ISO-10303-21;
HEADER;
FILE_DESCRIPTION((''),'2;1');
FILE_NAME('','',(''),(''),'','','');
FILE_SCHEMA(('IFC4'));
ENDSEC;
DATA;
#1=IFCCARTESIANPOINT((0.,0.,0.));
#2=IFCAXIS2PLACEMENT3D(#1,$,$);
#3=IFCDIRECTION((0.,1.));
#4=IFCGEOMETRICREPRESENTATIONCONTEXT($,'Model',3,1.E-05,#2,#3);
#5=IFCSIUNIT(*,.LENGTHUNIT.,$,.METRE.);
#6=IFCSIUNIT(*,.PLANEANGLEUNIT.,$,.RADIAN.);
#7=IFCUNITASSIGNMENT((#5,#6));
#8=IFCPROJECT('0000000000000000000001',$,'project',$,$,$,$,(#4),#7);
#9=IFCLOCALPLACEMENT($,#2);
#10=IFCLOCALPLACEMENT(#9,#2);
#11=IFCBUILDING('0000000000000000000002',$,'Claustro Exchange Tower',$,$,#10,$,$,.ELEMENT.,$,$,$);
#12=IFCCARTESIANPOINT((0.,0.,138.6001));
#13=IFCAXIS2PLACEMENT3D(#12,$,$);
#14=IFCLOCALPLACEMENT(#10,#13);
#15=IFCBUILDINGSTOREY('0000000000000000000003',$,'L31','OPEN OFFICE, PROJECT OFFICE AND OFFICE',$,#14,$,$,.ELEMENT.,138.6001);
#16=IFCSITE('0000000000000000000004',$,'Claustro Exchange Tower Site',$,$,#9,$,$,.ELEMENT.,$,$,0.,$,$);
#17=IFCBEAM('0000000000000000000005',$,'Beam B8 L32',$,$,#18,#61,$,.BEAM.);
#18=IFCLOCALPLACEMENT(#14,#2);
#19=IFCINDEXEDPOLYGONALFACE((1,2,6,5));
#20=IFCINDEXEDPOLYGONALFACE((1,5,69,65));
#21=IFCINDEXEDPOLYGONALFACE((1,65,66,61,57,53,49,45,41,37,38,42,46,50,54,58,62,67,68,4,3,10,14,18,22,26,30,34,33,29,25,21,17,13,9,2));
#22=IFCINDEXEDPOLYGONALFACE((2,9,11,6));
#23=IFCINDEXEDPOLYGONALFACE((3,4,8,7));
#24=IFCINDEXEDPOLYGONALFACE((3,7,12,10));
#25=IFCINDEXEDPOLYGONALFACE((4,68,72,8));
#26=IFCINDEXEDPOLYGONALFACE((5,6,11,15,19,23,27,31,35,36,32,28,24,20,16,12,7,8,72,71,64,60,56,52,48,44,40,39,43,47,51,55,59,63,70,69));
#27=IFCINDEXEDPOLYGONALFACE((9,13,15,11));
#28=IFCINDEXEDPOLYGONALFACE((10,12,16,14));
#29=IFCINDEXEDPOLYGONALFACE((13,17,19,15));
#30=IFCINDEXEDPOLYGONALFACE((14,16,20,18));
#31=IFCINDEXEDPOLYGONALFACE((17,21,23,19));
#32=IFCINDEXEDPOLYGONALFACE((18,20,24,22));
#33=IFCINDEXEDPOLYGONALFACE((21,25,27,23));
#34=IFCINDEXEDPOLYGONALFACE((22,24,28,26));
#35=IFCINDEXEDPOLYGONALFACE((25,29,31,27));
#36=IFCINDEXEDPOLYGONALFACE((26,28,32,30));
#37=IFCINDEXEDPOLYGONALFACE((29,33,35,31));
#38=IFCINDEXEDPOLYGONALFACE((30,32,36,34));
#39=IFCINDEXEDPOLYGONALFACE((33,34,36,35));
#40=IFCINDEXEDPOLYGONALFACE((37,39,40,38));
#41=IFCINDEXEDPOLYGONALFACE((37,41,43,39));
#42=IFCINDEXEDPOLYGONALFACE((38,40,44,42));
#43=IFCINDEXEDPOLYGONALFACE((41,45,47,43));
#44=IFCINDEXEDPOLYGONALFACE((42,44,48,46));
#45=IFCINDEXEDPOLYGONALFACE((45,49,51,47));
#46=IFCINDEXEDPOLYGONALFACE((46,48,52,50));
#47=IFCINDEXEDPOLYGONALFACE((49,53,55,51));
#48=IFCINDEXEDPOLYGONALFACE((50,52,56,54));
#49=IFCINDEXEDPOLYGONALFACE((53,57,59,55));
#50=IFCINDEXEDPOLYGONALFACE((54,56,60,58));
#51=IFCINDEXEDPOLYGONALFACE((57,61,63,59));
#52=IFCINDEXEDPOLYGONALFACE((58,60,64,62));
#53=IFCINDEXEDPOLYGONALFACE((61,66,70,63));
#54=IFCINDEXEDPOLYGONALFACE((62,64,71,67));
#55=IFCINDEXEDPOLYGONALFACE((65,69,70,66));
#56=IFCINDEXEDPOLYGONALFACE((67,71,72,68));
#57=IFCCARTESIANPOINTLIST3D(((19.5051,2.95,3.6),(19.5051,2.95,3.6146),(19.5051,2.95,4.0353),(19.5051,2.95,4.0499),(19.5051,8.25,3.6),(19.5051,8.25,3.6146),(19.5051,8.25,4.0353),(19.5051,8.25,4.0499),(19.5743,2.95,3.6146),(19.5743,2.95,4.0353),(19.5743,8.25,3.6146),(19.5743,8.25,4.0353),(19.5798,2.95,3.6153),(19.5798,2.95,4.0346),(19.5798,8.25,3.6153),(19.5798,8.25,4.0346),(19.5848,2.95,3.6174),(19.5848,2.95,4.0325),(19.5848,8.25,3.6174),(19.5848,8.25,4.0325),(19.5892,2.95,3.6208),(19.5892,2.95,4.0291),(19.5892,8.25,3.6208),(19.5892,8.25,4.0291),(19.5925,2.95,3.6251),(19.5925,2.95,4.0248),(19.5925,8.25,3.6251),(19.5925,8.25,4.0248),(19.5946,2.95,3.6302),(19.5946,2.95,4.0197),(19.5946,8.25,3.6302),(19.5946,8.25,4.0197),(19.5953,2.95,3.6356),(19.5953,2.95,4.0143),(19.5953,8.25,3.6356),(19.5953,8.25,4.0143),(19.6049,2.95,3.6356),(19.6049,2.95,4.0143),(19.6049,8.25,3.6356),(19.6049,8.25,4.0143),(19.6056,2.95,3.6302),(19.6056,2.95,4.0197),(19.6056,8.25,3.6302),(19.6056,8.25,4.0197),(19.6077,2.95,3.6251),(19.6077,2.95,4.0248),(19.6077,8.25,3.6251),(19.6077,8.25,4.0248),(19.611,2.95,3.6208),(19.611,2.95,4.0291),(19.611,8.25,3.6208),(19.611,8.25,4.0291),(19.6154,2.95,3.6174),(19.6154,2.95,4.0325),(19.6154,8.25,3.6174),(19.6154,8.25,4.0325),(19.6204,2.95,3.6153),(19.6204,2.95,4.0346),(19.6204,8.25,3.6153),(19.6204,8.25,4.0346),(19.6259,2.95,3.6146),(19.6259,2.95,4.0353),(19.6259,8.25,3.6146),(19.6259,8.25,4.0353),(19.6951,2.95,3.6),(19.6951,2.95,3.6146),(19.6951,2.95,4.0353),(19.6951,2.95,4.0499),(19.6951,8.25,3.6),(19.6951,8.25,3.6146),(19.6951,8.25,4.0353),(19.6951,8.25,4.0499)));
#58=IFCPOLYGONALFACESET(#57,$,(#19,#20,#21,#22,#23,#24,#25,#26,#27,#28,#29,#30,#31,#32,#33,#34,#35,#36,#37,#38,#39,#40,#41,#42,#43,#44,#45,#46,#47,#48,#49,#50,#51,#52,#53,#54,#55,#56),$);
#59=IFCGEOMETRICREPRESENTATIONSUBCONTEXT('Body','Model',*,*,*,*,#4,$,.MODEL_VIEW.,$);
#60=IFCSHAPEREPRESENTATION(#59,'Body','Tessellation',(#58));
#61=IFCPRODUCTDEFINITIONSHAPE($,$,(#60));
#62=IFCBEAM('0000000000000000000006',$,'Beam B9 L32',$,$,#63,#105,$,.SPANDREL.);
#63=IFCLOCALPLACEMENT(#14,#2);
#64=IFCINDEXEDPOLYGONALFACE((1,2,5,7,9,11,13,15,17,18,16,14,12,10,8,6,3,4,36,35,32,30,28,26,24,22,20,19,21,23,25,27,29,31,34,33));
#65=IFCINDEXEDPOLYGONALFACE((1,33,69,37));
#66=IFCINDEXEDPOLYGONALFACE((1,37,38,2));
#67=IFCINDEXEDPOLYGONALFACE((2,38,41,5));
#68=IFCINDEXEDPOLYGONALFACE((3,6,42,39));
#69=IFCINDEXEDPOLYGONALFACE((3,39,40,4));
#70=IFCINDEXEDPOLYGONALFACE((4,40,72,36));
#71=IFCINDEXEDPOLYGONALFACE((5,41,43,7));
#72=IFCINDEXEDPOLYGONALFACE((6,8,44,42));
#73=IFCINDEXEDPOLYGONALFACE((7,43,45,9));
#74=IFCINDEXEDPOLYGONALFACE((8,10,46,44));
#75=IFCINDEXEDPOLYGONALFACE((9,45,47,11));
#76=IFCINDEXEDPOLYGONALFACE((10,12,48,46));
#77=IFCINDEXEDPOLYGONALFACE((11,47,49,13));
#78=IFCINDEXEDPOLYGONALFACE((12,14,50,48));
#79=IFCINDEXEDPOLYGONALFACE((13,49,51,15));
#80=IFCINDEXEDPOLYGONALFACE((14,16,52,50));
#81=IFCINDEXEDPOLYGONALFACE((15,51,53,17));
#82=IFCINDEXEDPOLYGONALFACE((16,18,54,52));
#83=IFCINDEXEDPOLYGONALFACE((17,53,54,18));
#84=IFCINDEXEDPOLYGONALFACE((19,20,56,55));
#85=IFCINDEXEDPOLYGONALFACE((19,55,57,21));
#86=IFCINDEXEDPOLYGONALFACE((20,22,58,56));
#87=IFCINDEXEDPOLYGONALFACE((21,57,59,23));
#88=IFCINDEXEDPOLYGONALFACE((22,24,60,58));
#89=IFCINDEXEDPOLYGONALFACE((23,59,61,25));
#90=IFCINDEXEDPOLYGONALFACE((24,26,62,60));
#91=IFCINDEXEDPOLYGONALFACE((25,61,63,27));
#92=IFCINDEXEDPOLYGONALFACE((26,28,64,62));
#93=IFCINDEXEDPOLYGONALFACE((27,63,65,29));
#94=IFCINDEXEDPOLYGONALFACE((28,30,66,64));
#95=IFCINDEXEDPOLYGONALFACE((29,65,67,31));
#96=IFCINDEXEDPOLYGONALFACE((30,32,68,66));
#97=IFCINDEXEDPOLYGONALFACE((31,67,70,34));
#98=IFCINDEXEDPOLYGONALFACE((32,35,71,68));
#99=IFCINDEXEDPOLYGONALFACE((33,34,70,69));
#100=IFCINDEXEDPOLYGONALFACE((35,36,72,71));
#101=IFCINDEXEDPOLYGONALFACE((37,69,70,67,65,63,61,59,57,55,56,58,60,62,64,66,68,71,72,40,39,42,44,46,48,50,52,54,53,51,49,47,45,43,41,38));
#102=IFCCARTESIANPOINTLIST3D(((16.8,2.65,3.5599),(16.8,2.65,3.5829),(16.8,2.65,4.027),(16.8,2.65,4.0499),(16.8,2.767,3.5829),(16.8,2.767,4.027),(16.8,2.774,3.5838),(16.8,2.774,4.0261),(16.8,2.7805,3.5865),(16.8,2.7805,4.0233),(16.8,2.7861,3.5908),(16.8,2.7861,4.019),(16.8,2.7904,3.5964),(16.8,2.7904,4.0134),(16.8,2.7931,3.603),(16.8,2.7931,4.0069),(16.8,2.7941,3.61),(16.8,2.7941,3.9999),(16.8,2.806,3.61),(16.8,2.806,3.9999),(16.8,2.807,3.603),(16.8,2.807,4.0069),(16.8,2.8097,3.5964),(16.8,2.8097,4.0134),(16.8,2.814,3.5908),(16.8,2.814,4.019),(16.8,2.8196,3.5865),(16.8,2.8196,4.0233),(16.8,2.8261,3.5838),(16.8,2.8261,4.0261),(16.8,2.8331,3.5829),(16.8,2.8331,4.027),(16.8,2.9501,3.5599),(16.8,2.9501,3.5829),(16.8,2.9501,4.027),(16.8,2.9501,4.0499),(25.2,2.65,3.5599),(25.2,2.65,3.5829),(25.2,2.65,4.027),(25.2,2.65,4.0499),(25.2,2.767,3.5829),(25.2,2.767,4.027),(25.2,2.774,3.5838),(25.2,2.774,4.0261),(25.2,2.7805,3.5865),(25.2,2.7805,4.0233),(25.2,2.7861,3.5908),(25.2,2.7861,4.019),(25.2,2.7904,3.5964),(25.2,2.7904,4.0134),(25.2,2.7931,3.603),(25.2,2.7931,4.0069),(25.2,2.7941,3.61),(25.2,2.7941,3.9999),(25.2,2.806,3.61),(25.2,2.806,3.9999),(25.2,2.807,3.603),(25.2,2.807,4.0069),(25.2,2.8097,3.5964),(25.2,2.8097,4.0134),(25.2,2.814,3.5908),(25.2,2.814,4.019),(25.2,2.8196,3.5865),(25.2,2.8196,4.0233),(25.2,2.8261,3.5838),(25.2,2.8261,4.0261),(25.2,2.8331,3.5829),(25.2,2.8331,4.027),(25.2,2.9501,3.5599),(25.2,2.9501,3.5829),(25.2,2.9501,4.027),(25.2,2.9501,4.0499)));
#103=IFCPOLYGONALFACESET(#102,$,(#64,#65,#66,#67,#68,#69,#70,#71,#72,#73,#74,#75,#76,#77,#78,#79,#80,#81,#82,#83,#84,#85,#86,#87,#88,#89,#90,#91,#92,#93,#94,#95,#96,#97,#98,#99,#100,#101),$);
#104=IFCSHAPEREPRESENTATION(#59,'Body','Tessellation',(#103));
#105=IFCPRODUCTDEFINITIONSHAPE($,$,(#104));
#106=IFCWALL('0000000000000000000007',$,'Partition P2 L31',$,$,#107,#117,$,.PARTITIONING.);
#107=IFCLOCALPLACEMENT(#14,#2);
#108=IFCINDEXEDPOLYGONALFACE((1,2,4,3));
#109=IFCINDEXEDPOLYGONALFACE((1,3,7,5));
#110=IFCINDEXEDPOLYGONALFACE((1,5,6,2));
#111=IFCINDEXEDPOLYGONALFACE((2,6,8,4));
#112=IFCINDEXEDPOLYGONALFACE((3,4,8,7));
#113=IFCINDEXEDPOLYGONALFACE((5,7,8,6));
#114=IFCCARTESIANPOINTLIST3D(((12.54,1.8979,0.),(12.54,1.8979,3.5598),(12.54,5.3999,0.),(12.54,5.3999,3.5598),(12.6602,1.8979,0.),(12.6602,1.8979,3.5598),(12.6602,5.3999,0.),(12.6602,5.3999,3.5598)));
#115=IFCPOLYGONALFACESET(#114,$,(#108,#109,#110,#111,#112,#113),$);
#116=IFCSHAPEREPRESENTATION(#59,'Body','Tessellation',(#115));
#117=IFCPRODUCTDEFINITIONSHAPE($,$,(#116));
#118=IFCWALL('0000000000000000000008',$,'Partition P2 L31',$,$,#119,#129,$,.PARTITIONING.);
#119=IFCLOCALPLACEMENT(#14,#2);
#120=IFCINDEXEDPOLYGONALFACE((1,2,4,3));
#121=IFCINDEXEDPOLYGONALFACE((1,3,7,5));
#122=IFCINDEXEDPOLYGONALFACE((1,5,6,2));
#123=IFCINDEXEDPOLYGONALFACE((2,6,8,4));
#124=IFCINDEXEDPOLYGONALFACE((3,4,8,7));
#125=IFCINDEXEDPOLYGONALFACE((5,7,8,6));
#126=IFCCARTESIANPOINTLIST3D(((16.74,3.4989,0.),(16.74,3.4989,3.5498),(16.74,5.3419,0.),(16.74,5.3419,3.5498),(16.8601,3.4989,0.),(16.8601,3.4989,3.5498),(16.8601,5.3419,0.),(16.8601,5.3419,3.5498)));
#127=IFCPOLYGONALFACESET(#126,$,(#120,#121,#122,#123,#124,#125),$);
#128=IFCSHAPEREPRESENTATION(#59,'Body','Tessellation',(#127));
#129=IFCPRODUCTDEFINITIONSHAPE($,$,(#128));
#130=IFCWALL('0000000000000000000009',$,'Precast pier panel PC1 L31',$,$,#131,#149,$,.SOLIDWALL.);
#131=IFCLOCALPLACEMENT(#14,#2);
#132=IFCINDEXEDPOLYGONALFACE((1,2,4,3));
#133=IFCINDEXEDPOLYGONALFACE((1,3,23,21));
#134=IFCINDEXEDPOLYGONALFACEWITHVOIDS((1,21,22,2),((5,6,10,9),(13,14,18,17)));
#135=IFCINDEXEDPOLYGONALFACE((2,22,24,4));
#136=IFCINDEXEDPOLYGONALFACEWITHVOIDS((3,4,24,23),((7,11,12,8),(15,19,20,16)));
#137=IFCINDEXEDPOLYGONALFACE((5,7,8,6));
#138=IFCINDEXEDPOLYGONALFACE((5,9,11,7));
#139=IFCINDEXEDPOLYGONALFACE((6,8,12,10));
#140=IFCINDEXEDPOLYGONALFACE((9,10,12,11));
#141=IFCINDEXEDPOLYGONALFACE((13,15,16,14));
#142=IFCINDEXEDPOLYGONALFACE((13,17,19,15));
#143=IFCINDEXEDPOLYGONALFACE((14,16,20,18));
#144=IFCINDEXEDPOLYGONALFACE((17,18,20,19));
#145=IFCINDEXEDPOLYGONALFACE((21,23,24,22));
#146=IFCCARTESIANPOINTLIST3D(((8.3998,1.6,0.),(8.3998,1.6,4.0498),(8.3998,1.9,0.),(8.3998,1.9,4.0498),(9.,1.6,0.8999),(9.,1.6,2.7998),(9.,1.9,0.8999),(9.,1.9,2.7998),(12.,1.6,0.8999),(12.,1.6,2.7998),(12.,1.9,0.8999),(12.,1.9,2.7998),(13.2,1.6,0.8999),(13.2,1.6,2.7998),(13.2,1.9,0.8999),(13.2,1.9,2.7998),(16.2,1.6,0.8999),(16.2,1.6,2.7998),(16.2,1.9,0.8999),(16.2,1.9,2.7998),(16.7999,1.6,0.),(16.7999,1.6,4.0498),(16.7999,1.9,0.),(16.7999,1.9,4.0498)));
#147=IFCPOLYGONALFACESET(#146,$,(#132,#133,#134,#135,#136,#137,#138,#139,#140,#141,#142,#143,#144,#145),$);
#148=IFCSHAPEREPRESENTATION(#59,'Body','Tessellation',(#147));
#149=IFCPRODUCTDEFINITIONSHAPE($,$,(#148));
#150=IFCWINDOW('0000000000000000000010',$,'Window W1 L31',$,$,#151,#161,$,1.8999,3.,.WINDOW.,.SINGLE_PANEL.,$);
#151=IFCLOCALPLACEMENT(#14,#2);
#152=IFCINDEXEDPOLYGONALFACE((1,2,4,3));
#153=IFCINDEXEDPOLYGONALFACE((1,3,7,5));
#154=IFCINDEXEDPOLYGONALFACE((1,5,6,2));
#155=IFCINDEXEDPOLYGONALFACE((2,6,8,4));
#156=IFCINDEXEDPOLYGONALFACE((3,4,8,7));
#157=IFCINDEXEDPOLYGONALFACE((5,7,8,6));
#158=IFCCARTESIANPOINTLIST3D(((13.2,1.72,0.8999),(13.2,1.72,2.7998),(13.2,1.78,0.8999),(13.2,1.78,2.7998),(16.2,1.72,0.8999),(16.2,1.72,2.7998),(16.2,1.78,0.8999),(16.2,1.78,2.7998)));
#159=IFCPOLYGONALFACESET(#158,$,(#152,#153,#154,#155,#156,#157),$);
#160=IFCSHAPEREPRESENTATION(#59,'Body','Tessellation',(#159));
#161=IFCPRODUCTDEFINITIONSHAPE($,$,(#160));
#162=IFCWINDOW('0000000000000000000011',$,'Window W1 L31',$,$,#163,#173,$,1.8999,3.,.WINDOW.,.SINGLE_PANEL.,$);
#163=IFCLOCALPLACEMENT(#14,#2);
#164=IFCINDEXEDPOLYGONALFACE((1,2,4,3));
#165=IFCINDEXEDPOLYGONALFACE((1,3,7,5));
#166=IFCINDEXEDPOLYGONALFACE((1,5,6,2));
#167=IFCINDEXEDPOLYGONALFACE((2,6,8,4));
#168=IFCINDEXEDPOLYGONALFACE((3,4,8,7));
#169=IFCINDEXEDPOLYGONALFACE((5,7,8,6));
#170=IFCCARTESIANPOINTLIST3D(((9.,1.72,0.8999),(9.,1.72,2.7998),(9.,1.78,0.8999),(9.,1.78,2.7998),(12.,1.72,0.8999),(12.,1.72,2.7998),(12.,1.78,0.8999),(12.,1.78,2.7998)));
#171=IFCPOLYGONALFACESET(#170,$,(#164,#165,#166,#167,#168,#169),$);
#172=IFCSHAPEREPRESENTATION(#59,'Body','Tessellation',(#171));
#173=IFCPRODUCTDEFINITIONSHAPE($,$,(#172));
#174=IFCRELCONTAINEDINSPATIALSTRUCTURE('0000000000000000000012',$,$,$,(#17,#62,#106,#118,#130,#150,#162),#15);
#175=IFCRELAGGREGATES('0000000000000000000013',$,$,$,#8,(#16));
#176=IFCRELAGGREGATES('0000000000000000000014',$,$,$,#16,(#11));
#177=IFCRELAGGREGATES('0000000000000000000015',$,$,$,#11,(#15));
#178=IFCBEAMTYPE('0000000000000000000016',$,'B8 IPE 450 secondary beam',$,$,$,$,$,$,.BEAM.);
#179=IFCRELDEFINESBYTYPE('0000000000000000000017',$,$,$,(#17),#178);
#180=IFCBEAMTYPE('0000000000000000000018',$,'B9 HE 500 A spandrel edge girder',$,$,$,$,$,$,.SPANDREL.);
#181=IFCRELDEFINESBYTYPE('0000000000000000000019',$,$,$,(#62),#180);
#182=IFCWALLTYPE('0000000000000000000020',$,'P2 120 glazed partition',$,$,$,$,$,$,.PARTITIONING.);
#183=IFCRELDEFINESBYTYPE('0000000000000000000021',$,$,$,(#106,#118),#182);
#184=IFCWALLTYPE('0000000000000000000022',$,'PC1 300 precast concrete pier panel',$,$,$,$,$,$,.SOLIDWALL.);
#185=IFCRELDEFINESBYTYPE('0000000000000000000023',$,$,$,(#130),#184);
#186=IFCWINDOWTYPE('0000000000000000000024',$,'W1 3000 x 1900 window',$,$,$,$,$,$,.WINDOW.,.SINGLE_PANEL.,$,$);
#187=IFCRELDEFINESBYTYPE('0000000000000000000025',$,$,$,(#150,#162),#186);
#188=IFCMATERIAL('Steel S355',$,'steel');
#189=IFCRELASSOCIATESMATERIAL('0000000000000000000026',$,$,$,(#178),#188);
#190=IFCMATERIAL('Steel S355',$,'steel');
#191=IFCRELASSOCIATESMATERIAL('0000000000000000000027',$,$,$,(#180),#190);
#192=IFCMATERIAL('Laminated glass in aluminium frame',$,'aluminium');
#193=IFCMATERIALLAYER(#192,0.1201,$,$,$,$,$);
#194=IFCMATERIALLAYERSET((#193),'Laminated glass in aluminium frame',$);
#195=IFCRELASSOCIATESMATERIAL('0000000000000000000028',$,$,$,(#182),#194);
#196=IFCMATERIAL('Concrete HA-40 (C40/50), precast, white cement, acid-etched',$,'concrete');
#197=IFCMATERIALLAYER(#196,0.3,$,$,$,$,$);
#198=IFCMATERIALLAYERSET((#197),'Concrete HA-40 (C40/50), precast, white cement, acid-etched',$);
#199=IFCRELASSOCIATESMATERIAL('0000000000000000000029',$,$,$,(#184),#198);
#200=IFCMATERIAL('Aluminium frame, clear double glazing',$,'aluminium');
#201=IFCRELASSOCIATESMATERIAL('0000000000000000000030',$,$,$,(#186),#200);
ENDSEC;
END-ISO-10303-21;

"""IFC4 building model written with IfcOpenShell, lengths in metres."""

from ifc_helpers import new_model, si_unit, direction, frame, frame_2d, origin, origin_2d, place, context, subcontext, project, spatial, rectangle, i_section, extrude, material, layer, layer_set, material_profile, profile_set, type_object, element, fill, save


model = new_model("IFC4")

# Units and contexts
model_context = context("Model", 3, precision=1e-05, world=origin(), true_north=direction((0.0, 1.0)))
body_context = subcontext(model_context, "Body", "Model", "MODEL_VIEW")
ifc_project = project(units=[si_unit("LENGTHUNIT", "METRE"), si_unit("PLANEANGLEUNIT", "RADIAN")], contexts=[model_context])

# Site, building, storey
site_placement = place(None, origin())
site = spatial("IfcSite", under=ifc_project, at=site_placement, Name="Claustro Exchange Tower Site", CompositionType="ELEMENT", RefElevation=0.0)
building_placement = place(site_placement, origin())
building = spatial("IfcBuilding", under=site, at=building_placement, Name="Claustro Exchange Tower", CompositionType="ELEMENT")
storey_placement = place(building_placement, frame((0.0, 0.0, 138.6001)))
storey = spatial("IfcBuildingStorey", under=building, at=storey_placement, Name="L31", Description="OPEN OFFICE, PROJECT OFFICE AND OFFICE", CompositionType="ELEMENT", Elevation=138.6001)

# Beams
ifc_material_1 = material(Name="Steel S355", Category="steel")
ifc_material_profile_1 = material_profile(ifc_material_1, i_section(OverallWidth=0.1899, OverallDepth=0.45, WebThickness=0.0095, FlangeThickness=0.0146, FilletRadius=0.021, at=origin_2d()), Name="IPE 450")
ifc_profile_set_1 = profile_set([ifc_material_profile_1], Name="Steel S355")
beam_type_1 = type_object("IfcBeamType", Name="B8 IPE 450 secondary beam", PredefinedType="BEAM", material=ifc_profile_set_1)
for number, where, z_axis, x_axis, name in (
    (1, (19.6001, 2.95, 3.825), (0.0, 1.0, 0.0), (-1.0, 0.0, 0.0), "Beam B8 L32"),
):
    element("IfcBeam", number, at=place(storey_placement, frame(where, z_axis=z_axis, x_axis=x_axis)), inside=storey, type_object=beam_type_1, Name=name, PredefinedType="BEAM", context=body_context, shape_type="SweptSolid", body=[
        extrude(i_section(OverallWidth=0.1899, OverallDepth=0.45, WebThickness=0.0095, FlangeThickness=0.0146, FilletRadius=0.021, at=origin_2d()), origin(), (0.0, 0.0, 1.0), 5.3),
    ])
ifc_material_2 = material(Name="Steel S355", Category="steel")
ifc_material_profile_2 = material_profile(ifc_material_2, i_section(OverallWidth=0.3, OverallDepth=0.49, WebThickness=0.012, FlangeThickness=0.0229, FilletRadius=0.0271, at=origin_2d()), Name="HE 500 A")
ifc_profile_set_2 = profile_set([ifc_material_profile_2], Name="Steel S355")
beam_type_2 = type_object("IfcBeamType", Name="B9 HE 500 A spandrel edge girder", PredefinedType="SPANDREL", material=ifc_profile_set_2)
beam_1_placement = place(storey_placement, frame((16.8, 2.8, 3.8049), z_axis=(1.0, 0.0, 0.0), x_axis=(0.0, 1.0, 0.0)))
element("IfcBeam", 2, at=beam_1_placement, inside=storey, type_object=beam_type_2, Name="Beam B9 L32", PredefinedType="SPANDREL", context=body_context, shape_type="SweptSolid", body=[
    extrude(i_section(OverallWidth=0.3, OverallDepth=0.49, WebThickness=0.012, FlangeThickness=0.0229, FilletRadius=0.0271, at=origin_2d()), origin(), (0.0, 0.0, 1.0), 8.3999),
])

# Walls
ifc_material_3 = material(Name="Laminated glass in aluminium frame", Category="aluminium")
ifc_layer_1 = layer(ifc_material_3, 0.1201)
ifc_layer_set_1 = layer_set([ifc_layer_1], Name="Laminated glass in aluminium frame")
wall_type_1 = type_object("IfcWallType", Name="P2 120 glazed partition", PredefinedType="PARTITIONING", material=ifc_layer_set_1)
wall_1_placement = place(storey_placement, frame((12.6001, 1.8979, 0.0), z_axis=(0.0, 0.0, 1.0), x_axis=(0.0, 1.0, 0.0)))
element("IfcWall", 3, at=wall_1_placement, inside=storey, type_object=wall_type_1, Name="Partition P2 L31", PredefinedType="PARTITIONING", context=body_context, shape_type="SweptSolid", body=[
    extrude(rectangle(XDim=3.502, YDim=0.1201, at=frame_2d((1.751, 0.0))), origin(), (0.0, 0.0, 1.0), 3.5598),
])
wall_2_placement = place(storey_placement, frame((16.8, 3.499, 0.0), z_axis=(0.0, 0.0, 1.0), x_axis=(0.0, 1.0, 0.0)))
element("IfcWall", 4, at=wall_2_placement, inside=storey, type_object=wall_type_1, Name="Partition P2 L31", PredefinedType="PARTITIONING", context=body_context, shape_type="SweptSolid", body=[
    extrude(rectangle(XDim=1.843, YDim=0.1201, at=frame_2d((0.9214, 0.0))), origin(), (0.0, 0.0, 1.0), 3.5498),
])

# Wall, openings, windows
ifc_material_4 = material(Name="Concrete HA-40 (C40/50), precast, white cement, acid-etched", Category="concrete")
ifc_layer_2 = layer(ifc_material_4, 0.3)
ifc_layer_set_2 = layer_set([ifc_layer_2], Name="Concrete HA-40 (C40/50), precast, white cement, acid-etched")
wall_type_2 = type_object("IfcWallType", Name="PC1 300 precast concrete pier panel", PredefinedType="SOLIDWALL", material=ifc_layer_set_2)
wall_3_placement = place(storey_placement, frame((16.8, 1.75, 0.0), z_axis=(0.0, 0.0, 1.0), x_axis=(-1.0, 0.0, 0.0)))
wall_3 = element("IfcWall", 5, at=wall_3_placement, inside=storey, type_object=wall_type_2, Name="Precast pier panel PC1 L31", PredefinedType="SOLIDWALL", context=body_context, shape_type="SweptSolid", body=[
    extrude(rectangle(XDim=8.4001, YDim=0.3, at=frame_2d((4.2002, 0.0))), origin(), (0.0, 0.0, 1.0), 4.0498),
])
opening_1_placement = place(wall_3_placement, frame((0.6001, 0.0, 0.8999)))
opening_1 = element("IfcOpeningElement", 6, at=opening_1_placement, cuts=wall_3, PredefinedType="OPENING", context=body_context, shape_type="SweptSolid", body=[
    extrude(rectangle(XDim=3.0, YDim=1.8999, at=frame_2d((1.5, 0.95))), frame((0.0, 0.1599, 0.0), z_axis=(0.0, -1.0, 0.0), x_axis=(1.0, 0.0, 0.0)), (0.0, 0.0, 1.0), 0.3201),
])
opening_2_placement = place(wall_3_placement, frame((4.8, 0.0, 0.8999)))
opening_2 = element("IfcOpeningElement", 7, at=opening_2_placement, cuts=wall_3, PredefinedType="OPENING", context=body_context, shape_type="SweptSolid", body=[
    extrude(rectangle(XDim=3.0, YDim=1.8999, at=frame_2d((1.5, 0.95))), frame((0.0, 0.1599, 0.0), z_axis=(0.0, -1.0, 0.0), x_axis=(1.0, 0.0, 0.0)), (0.0, 0.0, 1.0), 0.3201),
])
ifc_material_5 = material(Name="Aluminium frame, clear double glazing", Category="aluminium")
window_type = type_object("IfcWindowType", Name="W1 3000 x 1900 window", PartitioningType="SINGLE_PANEL", PredefinedType="WINDOW", material=ifc_material_5)
window_1_placement = place(opening_1_placement, origin())
window_1 = element("IfcWindow", 8, at=window_1_placement, inside=storey, type_object=window_type, Name="Window W1 L31", OverallHeight=1.8999, OverallWidth=3.0, PartitioningType="SINGLE_PANEL", PredefinedType="WINDOW", context=body_context, shape_type="SweptSolid", body=[
    extrude(rectangle(XDim=3.0, YDim=1.8999, at=frame_2d((1.5, 0.95))), frame((0.0, 0.03, 0.0), z_axis=(0.0, -1.0, 0.0), x_axis=(1.0, 0.0, 0.0)), (0.0, 0.0, 1.0), 0.0601),
])
fill(opening_1, window_1)
window_2_placement = place(opening_2_placement, origin())
window_2 = element("IfcWindow", 9, at=window_2_placement, inside=storey, type_object=window_type, Name="Window W1 L31", OverallHeight=1.8999, OverallWidth=3.0, PartitioningType="SINGLE_PANEL", PredefinedType="WINDOW", context=body_context, shape_type="SweptSolid", body=[
    extrude(rectangle(XDim=3.0, YDim=1.8999, at=frame_2d((1.5, 0.95))), frame((0.0, 0.03, 0.0), z_axis=(0.0, -1.0, 0.0), x_axis=(1.0, 0.0, 0.0)), (0.0, 0.0, 1.0), 0.0601),
])
fill(opening_2, window_2)

save(model, "model.ifc")
